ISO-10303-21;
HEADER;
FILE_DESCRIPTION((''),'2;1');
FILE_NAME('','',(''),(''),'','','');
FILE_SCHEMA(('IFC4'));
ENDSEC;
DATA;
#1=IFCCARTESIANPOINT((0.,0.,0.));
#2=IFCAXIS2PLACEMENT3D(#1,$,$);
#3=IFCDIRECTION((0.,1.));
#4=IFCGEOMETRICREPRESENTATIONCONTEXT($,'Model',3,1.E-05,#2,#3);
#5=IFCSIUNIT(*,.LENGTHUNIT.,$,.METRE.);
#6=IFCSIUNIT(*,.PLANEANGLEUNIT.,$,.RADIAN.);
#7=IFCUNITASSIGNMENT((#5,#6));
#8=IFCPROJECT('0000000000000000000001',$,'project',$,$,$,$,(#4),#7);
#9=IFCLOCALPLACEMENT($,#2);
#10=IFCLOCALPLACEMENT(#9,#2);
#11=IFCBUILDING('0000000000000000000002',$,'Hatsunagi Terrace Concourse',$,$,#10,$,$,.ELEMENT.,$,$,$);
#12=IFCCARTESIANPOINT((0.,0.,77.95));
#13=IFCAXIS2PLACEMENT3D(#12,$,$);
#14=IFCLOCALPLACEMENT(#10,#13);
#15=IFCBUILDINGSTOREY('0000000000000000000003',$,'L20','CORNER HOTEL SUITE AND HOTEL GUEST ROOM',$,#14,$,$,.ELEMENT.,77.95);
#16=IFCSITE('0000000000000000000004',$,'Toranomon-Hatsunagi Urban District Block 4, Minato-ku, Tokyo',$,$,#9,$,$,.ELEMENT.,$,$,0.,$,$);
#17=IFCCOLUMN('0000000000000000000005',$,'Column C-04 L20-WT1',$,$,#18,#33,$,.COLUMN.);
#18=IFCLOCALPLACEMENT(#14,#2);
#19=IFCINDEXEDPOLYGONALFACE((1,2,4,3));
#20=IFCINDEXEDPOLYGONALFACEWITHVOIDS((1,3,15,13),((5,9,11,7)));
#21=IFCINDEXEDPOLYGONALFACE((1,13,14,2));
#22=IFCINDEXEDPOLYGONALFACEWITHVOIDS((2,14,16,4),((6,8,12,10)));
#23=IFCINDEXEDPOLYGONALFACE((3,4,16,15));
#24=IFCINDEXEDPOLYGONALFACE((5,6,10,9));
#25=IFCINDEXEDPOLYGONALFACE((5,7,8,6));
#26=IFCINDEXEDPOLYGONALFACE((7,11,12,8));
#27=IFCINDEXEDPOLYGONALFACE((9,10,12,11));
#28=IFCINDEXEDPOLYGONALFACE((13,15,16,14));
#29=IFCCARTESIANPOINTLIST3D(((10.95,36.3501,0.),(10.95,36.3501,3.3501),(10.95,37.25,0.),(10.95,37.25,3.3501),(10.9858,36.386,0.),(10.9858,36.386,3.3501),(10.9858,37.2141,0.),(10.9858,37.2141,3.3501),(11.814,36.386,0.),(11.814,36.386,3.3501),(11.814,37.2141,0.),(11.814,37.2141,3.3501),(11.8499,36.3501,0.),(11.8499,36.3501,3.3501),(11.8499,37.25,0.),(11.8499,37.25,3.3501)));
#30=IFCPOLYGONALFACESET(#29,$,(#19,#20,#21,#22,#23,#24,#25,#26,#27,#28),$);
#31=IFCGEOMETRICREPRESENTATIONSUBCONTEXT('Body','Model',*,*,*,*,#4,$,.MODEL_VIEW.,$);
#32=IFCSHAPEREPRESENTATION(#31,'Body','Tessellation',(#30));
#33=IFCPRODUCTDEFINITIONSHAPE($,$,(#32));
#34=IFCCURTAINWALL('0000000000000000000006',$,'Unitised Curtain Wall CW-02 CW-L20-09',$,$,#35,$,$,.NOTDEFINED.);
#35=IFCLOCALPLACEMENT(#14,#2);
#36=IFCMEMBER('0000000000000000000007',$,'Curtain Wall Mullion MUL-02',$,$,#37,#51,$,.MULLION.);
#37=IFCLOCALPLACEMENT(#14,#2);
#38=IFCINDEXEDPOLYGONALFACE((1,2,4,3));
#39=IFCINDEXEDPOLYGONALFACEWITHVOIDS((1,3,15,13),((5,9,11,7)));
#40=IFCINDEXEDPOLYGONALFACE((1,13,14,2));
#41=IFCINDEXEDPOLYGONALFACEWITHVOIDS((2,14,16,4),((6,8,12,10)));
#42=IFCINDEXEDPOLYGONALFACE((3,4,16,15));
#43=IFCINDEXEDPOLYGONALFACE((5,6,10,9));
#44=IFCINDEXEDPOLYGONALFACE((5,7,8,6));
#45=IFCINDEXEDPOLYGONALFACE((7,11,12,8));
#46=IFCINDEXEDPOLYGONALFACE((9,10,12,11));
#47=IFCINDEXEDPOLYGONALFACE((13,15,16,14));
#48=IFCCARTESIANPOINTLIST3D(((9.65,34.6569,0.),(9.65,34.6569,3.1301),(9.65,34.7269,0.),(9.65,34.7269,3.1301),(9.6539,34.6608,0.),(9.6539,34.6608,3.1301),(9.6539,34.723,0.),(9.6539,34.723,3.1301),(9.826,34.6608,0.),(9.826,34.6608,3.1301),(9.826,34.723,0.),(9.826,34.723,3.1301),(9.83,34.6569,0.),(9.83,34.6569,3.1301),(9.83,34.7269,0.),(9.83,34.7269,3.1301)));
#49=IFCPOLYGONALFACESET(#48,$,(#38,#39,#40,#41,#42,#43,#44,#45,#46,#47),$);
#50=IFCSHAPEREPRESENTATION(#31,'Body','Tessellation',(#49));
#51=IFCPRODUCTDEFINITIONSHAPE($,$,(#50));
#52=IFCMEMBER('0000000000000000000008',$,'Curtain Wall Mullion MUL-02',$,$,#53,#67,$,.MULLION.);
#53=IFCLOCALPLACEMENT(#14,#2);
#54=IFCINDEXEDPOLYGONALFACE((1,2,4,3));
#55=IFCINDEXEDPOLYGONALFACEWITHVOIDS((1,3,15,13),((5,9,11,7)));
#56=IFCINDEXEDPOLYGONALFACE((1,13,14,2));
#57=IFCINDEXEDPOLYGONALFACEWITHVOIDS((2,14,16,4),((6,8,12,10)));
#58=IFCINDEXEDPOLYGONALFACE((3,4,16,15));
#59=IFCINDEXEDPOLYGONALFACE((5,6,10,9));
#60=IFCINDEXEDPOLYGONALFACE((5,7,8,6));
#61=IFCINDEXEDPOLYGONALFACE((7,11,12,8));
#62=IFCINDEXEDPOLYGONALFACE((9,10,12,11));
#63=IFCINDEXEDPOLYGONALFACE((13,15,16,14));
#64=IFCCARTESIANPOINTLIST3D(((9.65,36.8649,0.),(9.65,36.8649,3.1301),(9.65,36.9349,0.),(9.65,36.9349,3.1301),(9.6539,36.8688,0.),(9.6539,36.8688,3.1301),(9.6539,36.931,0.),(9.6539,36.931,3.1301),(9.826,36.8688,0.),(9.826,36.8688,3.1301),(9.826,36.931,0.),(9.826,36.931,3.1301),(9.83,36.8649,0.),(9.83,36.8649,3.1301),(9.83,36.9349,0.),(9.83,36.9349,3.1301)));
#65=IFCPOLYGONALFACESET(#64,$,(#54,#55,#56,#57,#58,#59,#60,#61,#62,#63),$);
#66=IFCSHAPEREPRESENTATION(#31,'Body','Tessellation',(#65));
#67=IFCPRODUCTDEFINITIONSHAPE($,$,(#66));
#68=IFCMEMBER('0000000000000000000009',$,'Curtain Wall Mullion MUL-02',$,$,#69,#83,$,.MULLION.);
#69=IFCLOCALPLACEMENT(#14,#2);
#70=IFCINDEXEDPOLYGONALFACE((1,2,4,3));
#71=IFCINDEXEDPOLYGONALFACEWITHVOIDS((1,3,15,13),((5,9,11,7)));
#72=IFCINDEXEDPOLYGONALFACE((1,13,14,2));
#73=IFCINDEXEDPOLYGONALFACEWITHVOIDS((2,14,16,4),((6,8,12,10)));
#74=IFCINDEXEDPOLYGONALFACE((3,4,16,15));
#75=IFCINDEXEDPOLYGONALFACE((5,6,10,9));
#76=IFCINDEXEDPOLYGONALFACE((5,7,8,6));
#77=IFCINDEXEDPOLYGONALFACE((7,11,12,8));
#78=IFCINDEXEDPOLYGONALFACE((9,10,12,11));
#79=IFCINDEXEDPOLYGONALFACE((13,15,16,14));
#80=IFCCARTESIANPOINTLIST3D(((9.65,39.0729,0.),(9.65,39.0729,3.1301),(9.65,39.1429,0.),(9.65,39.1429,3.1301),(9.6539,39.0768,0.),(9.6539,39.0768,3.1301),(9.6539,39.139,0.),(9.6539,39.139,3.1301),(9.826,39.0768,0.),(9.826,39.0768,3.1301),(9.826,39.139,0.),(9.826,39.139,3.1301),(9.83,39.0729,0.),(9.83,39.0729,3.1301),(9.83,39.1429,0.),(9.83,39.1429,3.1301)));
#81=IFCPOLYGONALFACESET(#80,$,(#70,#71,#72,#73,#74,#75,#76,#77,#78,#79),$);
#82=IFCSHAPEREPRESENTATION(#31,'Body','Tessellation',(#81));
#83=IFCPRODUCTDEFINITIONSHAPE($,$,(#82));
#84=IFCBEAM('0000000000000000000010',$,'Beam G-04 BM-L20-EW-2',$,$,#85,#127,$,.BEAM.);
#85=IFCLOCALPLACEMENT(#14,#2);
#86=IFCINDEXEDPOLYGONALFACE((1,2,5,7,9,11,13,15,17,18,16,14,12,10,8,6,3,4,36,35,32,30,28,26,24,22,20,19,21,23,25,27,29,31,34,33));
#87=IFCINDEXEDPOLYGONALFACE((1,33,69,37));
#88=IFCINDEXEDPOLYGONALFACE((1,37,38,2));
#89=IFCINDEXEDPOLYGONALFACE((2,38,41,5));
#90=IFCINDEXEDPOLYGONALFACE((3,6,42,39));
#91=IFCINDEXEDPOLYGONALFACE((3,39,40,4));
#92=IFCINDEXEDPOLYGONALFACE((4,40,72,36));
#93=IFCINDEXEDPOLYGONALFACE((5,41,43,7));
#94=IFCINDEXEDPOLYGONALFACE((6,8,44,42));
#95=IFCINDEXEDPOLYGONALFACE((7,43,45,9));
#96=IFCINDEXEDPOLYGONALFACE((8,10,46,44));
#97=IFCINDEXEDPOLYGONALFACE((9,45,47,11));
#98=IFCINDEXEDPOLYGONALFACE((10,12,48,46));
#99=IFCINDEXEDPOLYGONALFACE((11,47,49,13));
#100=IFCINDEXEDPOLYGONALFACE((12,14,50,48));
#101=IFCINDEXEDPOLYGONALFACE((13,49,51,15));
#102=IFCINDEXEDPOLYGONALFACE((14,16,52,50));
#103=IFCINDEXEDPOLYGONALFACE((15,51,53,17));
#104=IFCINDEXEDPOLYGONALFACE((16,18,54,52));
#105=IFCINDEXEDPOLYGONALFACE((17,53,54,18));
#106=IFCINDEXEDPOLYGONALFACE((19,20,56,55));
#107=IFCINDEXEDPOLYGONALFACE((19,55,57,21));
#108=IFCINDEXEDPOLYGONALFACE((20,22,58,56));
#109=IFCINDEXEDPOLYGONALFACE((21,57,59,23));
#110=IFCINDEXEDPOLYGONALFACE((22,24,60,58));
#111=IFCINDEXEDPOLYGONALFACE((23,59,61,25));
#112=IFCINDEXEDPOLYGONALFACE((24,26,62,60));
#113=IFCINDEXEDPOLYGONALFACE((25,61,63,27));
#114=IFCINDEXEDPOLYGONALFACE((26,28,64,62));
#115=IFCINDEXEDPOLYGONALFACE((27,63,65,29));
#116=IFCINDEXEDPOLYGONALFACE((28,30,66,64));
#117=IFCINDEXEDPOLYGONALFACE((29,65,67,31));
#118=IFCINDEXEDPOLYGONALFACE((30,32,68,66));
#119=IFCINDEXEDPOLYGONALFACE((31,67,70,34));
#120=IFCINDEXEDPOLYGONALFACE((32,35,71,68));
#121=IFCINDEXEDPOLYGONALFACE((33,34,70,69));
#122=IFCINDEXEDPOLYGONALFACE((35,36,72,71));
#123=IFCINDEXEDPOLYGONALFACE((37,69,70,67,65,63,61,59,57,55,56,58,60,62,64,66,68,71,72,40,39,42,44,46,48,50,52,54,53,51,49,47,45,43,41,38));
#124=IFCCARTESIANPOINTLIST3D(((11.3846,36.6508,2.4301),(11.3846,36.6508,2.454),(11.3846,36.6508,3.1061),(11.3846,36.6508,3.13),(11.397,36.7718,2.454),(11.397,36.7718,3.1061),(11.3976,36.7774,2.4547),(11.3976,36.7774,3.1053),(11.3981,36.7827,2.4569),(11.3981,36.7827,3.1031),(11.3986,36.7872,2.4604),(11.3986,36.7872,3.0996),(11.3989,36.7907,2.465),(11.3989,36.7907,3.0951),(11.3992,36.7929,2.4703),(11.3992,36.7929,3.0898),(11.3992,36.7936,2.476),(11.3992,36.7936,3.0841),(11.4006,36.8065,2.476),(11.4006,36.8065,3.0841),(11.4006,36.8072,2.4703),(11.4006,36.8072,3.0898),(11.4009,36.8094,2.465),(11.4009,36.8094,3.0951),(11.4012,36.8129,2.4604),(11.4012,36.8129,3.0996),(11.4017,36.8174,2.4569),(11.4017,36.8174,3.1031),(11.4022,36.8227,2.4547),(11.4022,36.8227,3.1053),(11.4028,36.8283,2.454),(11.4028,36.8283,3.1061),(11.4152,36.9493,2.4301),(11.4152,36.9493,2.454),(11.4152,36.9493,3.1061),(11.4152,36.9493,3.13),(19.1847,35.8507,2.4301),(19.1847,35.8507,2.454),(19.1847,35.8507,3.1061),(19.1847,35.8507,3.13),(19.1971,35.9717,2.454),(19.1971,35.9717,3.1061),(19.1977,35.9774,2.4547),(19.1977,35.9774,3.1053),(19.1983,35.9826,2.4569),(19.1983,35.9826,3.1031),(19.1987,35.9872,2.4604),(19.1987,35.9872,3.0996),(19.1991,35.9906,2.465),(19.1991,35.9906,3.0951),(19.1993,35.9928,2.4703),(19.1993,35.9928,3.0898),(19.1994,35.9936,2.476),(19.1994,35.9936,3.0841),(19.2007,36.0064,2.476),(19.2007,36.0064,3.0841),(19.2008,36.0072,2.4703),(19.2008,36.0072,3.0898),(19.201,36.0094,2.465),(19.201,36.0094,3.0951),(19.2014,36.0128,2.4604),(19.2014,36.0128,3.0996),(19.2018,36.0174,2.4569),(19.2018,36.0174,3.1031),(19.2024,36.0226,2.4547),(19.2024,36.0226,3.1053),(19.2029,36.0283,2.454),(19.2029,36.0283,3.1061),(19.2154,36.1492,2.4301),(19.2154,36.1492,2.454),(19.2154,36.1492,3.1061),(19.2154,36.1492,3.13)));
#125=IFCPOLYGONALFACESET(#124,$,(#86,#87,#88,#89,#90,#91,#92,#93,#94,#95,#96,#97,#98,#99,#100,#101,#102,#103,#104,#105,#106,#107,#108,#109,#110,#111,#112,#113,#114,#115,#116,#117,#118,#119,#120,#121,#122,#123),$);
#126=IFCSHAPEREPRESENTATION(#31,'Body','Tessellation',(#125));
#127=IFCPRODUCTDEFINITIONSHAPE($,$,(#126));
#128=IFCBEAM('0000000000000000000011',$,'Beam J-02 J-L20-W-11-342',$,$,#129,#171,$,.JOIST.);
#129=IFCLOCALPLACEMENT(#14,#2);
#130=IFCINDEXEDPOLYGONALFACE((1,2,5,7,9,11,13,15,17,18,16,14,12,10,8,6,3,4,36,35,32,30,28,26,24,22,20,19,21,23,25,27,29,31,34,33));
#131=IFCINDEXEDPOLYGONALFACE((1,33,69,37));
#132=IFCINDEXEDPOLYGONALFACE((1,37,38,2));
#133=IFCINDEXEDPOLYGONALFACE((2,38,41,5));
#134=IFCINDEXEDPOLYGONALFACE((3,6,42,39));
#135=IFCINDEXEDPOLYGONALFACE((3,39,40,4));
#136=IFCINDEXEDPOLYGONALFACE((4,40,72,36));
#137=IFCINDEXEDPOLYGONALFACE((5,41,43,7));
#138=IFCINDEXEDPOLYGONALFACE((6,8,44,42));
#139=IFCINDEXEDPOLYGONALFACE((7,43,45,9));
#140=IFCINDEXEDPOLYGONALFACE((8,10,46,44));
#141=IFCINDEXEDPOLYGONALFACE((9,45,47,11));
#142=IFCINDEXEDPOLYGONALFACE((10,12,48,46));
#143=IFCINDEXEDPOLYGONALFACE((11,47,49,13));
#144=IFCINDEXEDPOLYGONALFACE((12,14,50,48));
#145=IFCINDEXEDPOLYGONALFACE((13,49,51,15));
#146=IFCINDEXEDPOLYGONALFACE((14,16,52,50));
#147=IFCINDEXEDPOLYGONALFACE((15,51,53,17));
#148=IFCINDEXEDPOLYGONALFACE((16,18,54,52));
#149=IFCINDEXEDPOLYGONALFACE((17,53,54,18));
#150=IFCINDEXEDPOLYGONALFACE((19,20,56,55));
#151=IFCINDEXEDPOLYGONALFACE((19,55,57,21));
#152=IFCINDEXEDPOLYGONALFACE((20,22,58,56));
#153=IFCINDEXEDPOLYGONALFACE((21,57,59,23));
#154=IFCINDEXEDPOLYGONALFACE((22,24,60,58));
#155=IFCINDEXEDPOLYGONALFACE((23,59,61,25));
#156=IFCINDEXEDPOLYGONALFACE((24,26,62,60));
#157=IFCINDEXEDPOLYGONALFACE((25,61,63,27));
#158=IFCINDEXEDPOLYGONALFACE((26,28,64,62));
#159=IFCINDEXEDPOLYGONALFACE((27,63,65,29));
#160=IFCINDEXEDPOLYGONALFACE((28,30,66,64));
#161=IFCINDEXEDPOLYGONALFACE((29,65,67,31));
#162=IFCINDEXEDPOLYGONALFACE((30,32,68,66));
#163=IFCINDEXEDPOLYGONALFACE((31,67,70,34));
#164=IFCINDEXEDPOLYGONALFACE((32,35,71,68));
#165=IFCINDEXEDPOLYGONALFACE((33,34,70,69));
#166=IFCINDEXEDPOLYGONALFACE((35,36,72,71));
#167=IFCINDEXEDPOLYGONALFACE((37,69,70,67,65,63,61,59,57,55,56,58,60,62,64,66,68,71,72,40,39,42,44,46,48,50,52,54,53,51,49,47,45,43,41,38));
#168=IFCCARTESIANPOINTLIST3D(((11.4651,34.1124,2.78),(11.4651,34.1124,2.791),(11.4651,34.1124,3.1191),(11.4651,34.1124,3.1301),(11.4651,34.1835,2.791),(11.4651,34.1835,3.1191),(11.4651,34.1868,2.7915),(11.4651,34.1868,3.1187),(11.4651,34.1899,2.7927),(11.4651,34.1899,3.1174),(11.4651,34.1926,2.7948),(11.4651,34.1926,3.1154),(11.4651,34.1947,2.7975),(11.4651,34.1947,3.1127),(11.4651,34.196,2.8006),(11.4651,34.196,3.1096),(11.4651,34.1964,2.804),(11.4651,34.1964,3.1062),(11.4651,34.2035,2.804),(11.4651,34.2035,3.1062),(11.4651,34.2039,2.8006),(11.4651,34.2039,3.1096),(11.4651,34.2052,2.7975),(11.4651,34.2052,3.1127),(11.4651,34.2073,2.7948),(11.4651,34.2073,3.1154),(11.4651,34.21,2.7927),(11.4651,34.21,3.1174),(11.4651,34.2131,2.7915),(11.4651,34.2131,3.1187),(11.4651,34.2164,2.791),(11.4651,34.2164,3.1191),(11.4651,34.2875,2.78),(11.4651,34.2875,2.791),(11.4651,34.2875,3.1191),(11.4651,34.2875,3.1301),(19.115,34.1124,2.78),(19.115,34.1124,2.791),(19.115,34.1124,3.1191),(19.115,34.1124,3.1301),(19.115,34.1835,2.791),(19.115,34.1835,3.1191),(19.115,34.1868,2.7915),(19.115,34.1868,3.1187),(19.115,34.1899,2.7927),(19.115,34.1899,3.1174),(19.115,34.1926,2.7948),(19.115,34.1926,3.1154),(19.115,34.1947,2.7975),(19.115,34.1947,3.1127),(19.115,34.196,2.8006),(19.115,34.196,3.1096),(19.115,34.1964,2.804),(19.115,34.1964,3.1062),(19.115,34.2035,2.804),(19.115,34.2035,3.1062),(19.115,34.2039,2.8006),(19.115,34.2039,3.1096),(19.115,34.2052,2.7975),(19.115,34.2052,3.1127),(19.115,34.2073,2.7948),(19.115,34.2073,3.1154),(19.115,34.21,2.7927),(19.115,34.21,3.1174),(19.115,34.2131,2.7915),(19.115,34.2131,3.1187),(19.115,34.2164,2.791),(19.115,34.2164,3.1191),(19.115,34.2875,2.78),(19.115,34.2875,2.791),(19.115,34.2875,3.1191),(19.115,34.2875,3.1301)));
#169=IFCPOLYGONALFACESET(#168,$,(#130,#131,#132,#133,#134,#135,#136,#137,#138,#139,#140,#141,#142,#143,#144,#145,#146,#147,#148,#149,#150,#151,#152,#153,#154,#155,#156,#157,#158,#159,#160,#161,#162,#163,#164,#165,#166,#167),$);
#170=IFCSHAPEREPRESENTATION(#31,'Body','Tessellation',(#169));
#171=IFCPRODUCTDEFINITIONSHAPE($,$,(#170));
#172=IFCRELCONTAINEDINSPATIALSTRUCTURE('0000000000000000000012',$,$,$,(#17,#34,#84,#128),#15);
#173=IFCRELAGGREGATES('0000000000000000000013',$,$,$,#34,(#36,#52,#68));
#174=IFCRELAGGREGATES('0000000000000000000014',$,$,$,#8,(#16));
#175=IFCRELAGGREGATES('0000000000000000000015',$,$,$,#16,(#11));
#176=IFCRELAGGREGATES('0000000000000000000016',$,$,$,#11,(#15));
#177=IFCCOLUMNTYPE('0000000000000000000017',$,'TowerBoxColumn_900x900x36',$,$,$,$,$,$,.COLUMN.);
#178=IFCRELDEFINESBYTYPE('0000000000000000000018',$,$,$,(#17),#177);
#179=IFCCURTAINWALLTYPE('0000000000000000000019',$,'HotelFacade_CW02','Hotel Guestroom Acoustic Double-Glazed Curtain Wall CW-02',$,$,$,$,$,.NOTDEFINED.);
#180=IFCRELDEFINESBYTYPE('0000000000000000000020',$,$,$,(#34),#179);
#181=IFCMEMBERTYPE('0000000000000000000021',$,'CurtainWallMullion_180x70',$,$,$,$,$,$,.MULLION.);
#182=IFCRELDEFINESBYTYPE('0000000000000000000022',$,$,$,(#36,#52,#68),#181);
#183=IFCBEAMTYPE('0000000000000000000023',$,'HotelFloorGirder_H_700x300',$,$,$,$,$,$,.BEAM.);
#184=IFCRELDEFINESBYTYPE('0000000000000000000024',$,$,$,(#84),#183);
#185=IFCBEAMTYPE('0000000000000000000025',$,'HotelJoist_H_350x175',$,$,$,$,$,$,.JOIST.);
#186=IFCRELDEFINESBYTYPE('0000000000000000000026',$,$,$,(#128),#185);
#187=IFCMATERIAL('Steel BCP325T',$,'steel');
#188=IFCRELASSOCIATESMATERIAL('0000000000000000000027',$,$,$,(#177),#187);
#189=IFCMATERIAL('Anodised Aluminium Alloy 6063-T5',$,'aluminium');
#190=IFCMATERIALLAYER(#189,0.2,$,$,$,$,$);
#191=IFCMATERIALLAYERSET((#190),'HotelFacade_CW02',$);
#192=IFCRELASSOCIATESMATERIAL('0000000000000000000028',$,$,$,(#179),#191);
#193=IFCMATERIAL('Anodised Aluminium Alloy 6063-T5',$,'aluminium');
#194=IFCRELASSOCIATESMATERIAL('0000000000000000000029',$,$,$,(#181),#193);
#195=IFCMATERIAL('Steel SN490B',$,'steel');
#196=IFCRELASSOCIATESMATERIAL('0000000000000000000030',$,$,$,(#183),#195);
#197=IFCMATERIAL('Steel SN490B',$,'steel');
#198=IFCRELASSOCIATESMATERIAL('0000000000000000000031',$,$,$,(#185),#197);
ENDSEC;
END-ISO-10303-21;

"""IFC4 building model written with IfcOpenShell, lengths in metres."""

from ifc_helpers import new_model, si_unit, direction, frame, origin, origin_2d, place, context, subcontext, project, spatial, hollow_rectangle, i_section, extrude, material, layer, layer_set, material_profile, profile_set, type_object, element, aggregate, save


model = new_model("IFC4")

# Units and contexts
model_context = context("Model", 3, precision=1e-05, world=origin(), true_north=direction((0.0, 1.0)))
body_context = subcontext(model_context, "Body", "Model", "MODEL_VIEW")
ifc_project = project(units=[si_unit("LENGTHUNIT", "METRE"), si_unit("PLANEANGLEUNIT", "RADIAN")], contexts=[model_context])

# Site, building, storey
site_placement = place(None, origin())
site = spatial("IfcSite", under=ifc_project, at=site_placement, Name="Toranomon-Hatsunagi Urban District Block 4, Minato-ku, Tokyo", CompositionType="ELEMENT", RefElevation=0.0)
building_placement = place(site_placement, origin())
building = spatial("IfcBuilding", under=site, at=building_placement, Name="Hatsunagi Terrace Concourse", CompositionType="ELEMENT")
storey_placement = place(building_placement, frame((0.0, 0.0, 77.95)))
storey = spatial("IfcBuildingStorey", under=building, at=storey_placement, Name="L20", Description="CORNER HOTEL SUITE AND HOTEL GUEST ROOM", CompositionType="ELEMENT", Elevation=77.95)

# Column
ifc_material_1 = material(Name="Steel BCP325T", Category="steel")
ifc_material_profile_1 = material_profile(ifc_material_1, hollow_rectangle(XDim=0.8999, YDim=0.8999, WallThickness=0.0359, at=origin_2d()), Name="BCP-900x900x36")
ifc_profile_set_1 = profile_set([ifc_material_profile_1], Name="Steel BCP325T")
column_type = type_object("IfcColumnType", Name="TowerBoxColumn_900x900x36", PredefinedType="COLUMN", material=ifc_profile_set_1)
column_placement = place(storey_placement, frame((11.3999, 36.8, 0.0), z_axis=(0.0, 0.0, 1.0), x_axis=(1.0, 0.0, 0.0)))
element("IfcColumn", 1, at=column_placement, inside=storey, type_object=column_type, Name="Column C-04 L20-WT1", PredefinedType="COLUMN", context=body_context, shape_type="SweptSolid", body=[
    extrude(hollow_rectangle(XDim=0.8999, YDim=0.8999, WallThickness=0.0359, at=origin_2d()), origin(), (0.0, 0.0, 1.0), 3.3501),
])

# Curtain wall, members
ifc_material_2 = material(Name="Anodised Aluminium Alloy 6063-T5", Category="aluminium")
ifc_layer_1 = layer(ifc_material_2, 0.2)
ifc_layer_set_1 = layer_set([ifc_layer_1], Name="HotelFacade_CW02")
curtain_wall_type = type_object("IfcCurtainWallType", Name="HotelFacade_CW02", Description="Hotel Guestroom Acoustic Double-Glazed Curtain Wall CW-02", PredefinedType="NOTDEFINED", material=ifc_layer_set_1)
curtain_wall_placement = place(storey_placement, origin())
curtain_wall = element("IfcCurtainWall", 2, at=curtain_wall_placement, inside=storey, type_object=curtain_wall_type, Name="Unitised Curtain Wall CW-02 CW-L20-09", PredefinedType="NOTDEFINED")
ifc_material_3 = material(Name="Anodised Aluminium Alloy 6063-T5", Category="aluminium")
ifc_material_profile_2 = material_profile(ifc_material_3, hollow_rectangle(XDim=0.0701, YDim=0.1799, WallThickness=0.0039, at=origin_2d()), Name="ALU-MUL-180x70x4")
ifc_profile_set_2 = profile_set([ifc_material_profile_2], Name="Anodised Aluminium Alloy 6063-T5")
member_type = type_object("IfcMemberType", Name="CurtainWallMullion_180x70", PredefinedType="MULLION", material=ifc_profile_set_2)
member_1_placement = place(storey_placement, frame((9.74, 34.6919, 0.0), z_axis=(0.0, 0.0, 1.0), x_axis=(0.0, 1.0, 0.0)))
member_1 = element("IfcMember", 3, at=member_1_placement, type_object=member_type, Name="Curtain Wall Mullion MUL-02", PredefinedType="MULLION", context=body_context, shape_type="SweptSolid", body=[
    extrude(hollow_rectangle(XDim=0.0701, YDim=0.1799, WallThickness=0.0039, at=origin_2d()), origin(), (0.0, 0.0, 1.0), 3.1301),
])
member_2_placement = place(storey_placement, frame((9.74, 36.8999, 0.0), z_axis=(0.0, 0.0, 1.0), x_axis=(0.0, 1.0, 0.0)))
member_2 = element("IfcMember", 4, at=member_2_placement, type_object=member_type, Name="Curtain Wall Mullion MUL-02", PredefinedType="MULLION", context=body_context, shape_type="SweptSolid", body=[
    extrude(hollow_rectangle(XDim=0.0701, YDim=0.1799, WallThickness=0.0039, at=origin_2d()), origin(), (0.0, 0.0, 1.0), 3.1301),
])
member_3_placement = place(storey_placement, frame((9.74, 39.1079, 0.0), z_axis=(0.0, 0.0, 1.0), x_axis=(0.0, 1.0, 0.0)))
member_3 = element("IfcMember", 5, at=member_3_placement, type_object=member_type, Name="Curtain Wall Mullion MUL-02", PredefinedType="MULLION", context=body_context, shape_type="SweptSolid", body=[
    extrude(hollow_rectangle(XDim=0.0701, YDim=0.1799, WallThickness=0.0039, at=origin_2d()), origin(), (0.0, 0.0, 1.0), 3.1301),
])

# Beams
ifc_material_4 = material(Name="Steel SN490B", Category="steel")
ifc_material_profile_3 = material_profile(ifc_material_4, i_section(OverallWidth=0.3, OverallDepth=0.7, WebThickness=0.0129, FlangeThickness=0.0239, FilletRadius=0.022, at=origin_2d()), Name="H-700x300x13x24")
ifc_profile_set_3 = profile_set([ifc_material_profile_3], Name="Steel SN490B")
beam_type_1 = type_object("IfcBeamType", Name="HotelFloorGirder_H_700x300", PredefinedType="BEAM", material=ifc_profile_set_3)
beam_1_placement = place(storey_placement, frame((11.3999, 36.8, 2.78), z_axis=(0.994781, -0.102034, 0.0), x_axis=(0.102034, 0.994781, 0.0)))
element("IfcBeam", 6, at=beam_1_placement, inside=storey, type_object=beam_type_1, Name="Beam G-04 BM-L20-EW-2", PredefinedType="BEAM", context=body_context, shape_type="SweptSolid", body=[
    extrude(i_section(OverallWidth=0.3, OverallDepth=0.7, WebThickness=0.0129, FlangeThickness=0.0239, FilletRadius=0.022, at=origin_2d()), origin(), (0.0, 0.0, 1.0), 7.8411),
])
ifc_material_5 = material(Name="Steel SN490B", Category="steel")
ifc_material_profile_4 = material_profile(ifc_material_5, i_section(OverallWidth=0.175, OverallDepth=0.3501, WebThickness=0.0071, FlangeThickness=0.011, FilletRadius=0.0129, at=origin_2d()), Name="H-350x175x7x11")
ifc_profile_set_4 = profile_set([ifc_material_profile_4], Name="Steel SN490B")
beam_type_2 = type_object("IfcBeamType", Name="HotelJoist_H_350x175", PredefinedType="JOIST", material=ifc_profile_set_4)
for number, where, z_axis, x_axis, name in (
    (7, (11.4651, 34.2, 2.9551), (1.0, 0.0, 0.0), (0.0, 1.0, 0.0), "Beam J-02 J-L20-W-11-342"),
):
    element("IfcBeam", number, at=place(storey_placement, frame(where, z_axis=z_axis, x_axis=x_axis)), inside=storey, type_object=beam_type_2, Name=name, PredefinedType="JOIST", context=body_context, shape_type="SweptSolid", body=[
        extrude(i_section(OverallWidth=0.175, OverallDepth=0.3501, WebThickness=0.0071, FlangeThickness=0.011, FilletRadius=0.0129, at=origin_2d()), origin(), (0.0, 0.0, 1.0), 7.6499),
    ])

aggregate(curtain_wall, [member_1, member_2, member_3])

save(model, "model.ifc")
